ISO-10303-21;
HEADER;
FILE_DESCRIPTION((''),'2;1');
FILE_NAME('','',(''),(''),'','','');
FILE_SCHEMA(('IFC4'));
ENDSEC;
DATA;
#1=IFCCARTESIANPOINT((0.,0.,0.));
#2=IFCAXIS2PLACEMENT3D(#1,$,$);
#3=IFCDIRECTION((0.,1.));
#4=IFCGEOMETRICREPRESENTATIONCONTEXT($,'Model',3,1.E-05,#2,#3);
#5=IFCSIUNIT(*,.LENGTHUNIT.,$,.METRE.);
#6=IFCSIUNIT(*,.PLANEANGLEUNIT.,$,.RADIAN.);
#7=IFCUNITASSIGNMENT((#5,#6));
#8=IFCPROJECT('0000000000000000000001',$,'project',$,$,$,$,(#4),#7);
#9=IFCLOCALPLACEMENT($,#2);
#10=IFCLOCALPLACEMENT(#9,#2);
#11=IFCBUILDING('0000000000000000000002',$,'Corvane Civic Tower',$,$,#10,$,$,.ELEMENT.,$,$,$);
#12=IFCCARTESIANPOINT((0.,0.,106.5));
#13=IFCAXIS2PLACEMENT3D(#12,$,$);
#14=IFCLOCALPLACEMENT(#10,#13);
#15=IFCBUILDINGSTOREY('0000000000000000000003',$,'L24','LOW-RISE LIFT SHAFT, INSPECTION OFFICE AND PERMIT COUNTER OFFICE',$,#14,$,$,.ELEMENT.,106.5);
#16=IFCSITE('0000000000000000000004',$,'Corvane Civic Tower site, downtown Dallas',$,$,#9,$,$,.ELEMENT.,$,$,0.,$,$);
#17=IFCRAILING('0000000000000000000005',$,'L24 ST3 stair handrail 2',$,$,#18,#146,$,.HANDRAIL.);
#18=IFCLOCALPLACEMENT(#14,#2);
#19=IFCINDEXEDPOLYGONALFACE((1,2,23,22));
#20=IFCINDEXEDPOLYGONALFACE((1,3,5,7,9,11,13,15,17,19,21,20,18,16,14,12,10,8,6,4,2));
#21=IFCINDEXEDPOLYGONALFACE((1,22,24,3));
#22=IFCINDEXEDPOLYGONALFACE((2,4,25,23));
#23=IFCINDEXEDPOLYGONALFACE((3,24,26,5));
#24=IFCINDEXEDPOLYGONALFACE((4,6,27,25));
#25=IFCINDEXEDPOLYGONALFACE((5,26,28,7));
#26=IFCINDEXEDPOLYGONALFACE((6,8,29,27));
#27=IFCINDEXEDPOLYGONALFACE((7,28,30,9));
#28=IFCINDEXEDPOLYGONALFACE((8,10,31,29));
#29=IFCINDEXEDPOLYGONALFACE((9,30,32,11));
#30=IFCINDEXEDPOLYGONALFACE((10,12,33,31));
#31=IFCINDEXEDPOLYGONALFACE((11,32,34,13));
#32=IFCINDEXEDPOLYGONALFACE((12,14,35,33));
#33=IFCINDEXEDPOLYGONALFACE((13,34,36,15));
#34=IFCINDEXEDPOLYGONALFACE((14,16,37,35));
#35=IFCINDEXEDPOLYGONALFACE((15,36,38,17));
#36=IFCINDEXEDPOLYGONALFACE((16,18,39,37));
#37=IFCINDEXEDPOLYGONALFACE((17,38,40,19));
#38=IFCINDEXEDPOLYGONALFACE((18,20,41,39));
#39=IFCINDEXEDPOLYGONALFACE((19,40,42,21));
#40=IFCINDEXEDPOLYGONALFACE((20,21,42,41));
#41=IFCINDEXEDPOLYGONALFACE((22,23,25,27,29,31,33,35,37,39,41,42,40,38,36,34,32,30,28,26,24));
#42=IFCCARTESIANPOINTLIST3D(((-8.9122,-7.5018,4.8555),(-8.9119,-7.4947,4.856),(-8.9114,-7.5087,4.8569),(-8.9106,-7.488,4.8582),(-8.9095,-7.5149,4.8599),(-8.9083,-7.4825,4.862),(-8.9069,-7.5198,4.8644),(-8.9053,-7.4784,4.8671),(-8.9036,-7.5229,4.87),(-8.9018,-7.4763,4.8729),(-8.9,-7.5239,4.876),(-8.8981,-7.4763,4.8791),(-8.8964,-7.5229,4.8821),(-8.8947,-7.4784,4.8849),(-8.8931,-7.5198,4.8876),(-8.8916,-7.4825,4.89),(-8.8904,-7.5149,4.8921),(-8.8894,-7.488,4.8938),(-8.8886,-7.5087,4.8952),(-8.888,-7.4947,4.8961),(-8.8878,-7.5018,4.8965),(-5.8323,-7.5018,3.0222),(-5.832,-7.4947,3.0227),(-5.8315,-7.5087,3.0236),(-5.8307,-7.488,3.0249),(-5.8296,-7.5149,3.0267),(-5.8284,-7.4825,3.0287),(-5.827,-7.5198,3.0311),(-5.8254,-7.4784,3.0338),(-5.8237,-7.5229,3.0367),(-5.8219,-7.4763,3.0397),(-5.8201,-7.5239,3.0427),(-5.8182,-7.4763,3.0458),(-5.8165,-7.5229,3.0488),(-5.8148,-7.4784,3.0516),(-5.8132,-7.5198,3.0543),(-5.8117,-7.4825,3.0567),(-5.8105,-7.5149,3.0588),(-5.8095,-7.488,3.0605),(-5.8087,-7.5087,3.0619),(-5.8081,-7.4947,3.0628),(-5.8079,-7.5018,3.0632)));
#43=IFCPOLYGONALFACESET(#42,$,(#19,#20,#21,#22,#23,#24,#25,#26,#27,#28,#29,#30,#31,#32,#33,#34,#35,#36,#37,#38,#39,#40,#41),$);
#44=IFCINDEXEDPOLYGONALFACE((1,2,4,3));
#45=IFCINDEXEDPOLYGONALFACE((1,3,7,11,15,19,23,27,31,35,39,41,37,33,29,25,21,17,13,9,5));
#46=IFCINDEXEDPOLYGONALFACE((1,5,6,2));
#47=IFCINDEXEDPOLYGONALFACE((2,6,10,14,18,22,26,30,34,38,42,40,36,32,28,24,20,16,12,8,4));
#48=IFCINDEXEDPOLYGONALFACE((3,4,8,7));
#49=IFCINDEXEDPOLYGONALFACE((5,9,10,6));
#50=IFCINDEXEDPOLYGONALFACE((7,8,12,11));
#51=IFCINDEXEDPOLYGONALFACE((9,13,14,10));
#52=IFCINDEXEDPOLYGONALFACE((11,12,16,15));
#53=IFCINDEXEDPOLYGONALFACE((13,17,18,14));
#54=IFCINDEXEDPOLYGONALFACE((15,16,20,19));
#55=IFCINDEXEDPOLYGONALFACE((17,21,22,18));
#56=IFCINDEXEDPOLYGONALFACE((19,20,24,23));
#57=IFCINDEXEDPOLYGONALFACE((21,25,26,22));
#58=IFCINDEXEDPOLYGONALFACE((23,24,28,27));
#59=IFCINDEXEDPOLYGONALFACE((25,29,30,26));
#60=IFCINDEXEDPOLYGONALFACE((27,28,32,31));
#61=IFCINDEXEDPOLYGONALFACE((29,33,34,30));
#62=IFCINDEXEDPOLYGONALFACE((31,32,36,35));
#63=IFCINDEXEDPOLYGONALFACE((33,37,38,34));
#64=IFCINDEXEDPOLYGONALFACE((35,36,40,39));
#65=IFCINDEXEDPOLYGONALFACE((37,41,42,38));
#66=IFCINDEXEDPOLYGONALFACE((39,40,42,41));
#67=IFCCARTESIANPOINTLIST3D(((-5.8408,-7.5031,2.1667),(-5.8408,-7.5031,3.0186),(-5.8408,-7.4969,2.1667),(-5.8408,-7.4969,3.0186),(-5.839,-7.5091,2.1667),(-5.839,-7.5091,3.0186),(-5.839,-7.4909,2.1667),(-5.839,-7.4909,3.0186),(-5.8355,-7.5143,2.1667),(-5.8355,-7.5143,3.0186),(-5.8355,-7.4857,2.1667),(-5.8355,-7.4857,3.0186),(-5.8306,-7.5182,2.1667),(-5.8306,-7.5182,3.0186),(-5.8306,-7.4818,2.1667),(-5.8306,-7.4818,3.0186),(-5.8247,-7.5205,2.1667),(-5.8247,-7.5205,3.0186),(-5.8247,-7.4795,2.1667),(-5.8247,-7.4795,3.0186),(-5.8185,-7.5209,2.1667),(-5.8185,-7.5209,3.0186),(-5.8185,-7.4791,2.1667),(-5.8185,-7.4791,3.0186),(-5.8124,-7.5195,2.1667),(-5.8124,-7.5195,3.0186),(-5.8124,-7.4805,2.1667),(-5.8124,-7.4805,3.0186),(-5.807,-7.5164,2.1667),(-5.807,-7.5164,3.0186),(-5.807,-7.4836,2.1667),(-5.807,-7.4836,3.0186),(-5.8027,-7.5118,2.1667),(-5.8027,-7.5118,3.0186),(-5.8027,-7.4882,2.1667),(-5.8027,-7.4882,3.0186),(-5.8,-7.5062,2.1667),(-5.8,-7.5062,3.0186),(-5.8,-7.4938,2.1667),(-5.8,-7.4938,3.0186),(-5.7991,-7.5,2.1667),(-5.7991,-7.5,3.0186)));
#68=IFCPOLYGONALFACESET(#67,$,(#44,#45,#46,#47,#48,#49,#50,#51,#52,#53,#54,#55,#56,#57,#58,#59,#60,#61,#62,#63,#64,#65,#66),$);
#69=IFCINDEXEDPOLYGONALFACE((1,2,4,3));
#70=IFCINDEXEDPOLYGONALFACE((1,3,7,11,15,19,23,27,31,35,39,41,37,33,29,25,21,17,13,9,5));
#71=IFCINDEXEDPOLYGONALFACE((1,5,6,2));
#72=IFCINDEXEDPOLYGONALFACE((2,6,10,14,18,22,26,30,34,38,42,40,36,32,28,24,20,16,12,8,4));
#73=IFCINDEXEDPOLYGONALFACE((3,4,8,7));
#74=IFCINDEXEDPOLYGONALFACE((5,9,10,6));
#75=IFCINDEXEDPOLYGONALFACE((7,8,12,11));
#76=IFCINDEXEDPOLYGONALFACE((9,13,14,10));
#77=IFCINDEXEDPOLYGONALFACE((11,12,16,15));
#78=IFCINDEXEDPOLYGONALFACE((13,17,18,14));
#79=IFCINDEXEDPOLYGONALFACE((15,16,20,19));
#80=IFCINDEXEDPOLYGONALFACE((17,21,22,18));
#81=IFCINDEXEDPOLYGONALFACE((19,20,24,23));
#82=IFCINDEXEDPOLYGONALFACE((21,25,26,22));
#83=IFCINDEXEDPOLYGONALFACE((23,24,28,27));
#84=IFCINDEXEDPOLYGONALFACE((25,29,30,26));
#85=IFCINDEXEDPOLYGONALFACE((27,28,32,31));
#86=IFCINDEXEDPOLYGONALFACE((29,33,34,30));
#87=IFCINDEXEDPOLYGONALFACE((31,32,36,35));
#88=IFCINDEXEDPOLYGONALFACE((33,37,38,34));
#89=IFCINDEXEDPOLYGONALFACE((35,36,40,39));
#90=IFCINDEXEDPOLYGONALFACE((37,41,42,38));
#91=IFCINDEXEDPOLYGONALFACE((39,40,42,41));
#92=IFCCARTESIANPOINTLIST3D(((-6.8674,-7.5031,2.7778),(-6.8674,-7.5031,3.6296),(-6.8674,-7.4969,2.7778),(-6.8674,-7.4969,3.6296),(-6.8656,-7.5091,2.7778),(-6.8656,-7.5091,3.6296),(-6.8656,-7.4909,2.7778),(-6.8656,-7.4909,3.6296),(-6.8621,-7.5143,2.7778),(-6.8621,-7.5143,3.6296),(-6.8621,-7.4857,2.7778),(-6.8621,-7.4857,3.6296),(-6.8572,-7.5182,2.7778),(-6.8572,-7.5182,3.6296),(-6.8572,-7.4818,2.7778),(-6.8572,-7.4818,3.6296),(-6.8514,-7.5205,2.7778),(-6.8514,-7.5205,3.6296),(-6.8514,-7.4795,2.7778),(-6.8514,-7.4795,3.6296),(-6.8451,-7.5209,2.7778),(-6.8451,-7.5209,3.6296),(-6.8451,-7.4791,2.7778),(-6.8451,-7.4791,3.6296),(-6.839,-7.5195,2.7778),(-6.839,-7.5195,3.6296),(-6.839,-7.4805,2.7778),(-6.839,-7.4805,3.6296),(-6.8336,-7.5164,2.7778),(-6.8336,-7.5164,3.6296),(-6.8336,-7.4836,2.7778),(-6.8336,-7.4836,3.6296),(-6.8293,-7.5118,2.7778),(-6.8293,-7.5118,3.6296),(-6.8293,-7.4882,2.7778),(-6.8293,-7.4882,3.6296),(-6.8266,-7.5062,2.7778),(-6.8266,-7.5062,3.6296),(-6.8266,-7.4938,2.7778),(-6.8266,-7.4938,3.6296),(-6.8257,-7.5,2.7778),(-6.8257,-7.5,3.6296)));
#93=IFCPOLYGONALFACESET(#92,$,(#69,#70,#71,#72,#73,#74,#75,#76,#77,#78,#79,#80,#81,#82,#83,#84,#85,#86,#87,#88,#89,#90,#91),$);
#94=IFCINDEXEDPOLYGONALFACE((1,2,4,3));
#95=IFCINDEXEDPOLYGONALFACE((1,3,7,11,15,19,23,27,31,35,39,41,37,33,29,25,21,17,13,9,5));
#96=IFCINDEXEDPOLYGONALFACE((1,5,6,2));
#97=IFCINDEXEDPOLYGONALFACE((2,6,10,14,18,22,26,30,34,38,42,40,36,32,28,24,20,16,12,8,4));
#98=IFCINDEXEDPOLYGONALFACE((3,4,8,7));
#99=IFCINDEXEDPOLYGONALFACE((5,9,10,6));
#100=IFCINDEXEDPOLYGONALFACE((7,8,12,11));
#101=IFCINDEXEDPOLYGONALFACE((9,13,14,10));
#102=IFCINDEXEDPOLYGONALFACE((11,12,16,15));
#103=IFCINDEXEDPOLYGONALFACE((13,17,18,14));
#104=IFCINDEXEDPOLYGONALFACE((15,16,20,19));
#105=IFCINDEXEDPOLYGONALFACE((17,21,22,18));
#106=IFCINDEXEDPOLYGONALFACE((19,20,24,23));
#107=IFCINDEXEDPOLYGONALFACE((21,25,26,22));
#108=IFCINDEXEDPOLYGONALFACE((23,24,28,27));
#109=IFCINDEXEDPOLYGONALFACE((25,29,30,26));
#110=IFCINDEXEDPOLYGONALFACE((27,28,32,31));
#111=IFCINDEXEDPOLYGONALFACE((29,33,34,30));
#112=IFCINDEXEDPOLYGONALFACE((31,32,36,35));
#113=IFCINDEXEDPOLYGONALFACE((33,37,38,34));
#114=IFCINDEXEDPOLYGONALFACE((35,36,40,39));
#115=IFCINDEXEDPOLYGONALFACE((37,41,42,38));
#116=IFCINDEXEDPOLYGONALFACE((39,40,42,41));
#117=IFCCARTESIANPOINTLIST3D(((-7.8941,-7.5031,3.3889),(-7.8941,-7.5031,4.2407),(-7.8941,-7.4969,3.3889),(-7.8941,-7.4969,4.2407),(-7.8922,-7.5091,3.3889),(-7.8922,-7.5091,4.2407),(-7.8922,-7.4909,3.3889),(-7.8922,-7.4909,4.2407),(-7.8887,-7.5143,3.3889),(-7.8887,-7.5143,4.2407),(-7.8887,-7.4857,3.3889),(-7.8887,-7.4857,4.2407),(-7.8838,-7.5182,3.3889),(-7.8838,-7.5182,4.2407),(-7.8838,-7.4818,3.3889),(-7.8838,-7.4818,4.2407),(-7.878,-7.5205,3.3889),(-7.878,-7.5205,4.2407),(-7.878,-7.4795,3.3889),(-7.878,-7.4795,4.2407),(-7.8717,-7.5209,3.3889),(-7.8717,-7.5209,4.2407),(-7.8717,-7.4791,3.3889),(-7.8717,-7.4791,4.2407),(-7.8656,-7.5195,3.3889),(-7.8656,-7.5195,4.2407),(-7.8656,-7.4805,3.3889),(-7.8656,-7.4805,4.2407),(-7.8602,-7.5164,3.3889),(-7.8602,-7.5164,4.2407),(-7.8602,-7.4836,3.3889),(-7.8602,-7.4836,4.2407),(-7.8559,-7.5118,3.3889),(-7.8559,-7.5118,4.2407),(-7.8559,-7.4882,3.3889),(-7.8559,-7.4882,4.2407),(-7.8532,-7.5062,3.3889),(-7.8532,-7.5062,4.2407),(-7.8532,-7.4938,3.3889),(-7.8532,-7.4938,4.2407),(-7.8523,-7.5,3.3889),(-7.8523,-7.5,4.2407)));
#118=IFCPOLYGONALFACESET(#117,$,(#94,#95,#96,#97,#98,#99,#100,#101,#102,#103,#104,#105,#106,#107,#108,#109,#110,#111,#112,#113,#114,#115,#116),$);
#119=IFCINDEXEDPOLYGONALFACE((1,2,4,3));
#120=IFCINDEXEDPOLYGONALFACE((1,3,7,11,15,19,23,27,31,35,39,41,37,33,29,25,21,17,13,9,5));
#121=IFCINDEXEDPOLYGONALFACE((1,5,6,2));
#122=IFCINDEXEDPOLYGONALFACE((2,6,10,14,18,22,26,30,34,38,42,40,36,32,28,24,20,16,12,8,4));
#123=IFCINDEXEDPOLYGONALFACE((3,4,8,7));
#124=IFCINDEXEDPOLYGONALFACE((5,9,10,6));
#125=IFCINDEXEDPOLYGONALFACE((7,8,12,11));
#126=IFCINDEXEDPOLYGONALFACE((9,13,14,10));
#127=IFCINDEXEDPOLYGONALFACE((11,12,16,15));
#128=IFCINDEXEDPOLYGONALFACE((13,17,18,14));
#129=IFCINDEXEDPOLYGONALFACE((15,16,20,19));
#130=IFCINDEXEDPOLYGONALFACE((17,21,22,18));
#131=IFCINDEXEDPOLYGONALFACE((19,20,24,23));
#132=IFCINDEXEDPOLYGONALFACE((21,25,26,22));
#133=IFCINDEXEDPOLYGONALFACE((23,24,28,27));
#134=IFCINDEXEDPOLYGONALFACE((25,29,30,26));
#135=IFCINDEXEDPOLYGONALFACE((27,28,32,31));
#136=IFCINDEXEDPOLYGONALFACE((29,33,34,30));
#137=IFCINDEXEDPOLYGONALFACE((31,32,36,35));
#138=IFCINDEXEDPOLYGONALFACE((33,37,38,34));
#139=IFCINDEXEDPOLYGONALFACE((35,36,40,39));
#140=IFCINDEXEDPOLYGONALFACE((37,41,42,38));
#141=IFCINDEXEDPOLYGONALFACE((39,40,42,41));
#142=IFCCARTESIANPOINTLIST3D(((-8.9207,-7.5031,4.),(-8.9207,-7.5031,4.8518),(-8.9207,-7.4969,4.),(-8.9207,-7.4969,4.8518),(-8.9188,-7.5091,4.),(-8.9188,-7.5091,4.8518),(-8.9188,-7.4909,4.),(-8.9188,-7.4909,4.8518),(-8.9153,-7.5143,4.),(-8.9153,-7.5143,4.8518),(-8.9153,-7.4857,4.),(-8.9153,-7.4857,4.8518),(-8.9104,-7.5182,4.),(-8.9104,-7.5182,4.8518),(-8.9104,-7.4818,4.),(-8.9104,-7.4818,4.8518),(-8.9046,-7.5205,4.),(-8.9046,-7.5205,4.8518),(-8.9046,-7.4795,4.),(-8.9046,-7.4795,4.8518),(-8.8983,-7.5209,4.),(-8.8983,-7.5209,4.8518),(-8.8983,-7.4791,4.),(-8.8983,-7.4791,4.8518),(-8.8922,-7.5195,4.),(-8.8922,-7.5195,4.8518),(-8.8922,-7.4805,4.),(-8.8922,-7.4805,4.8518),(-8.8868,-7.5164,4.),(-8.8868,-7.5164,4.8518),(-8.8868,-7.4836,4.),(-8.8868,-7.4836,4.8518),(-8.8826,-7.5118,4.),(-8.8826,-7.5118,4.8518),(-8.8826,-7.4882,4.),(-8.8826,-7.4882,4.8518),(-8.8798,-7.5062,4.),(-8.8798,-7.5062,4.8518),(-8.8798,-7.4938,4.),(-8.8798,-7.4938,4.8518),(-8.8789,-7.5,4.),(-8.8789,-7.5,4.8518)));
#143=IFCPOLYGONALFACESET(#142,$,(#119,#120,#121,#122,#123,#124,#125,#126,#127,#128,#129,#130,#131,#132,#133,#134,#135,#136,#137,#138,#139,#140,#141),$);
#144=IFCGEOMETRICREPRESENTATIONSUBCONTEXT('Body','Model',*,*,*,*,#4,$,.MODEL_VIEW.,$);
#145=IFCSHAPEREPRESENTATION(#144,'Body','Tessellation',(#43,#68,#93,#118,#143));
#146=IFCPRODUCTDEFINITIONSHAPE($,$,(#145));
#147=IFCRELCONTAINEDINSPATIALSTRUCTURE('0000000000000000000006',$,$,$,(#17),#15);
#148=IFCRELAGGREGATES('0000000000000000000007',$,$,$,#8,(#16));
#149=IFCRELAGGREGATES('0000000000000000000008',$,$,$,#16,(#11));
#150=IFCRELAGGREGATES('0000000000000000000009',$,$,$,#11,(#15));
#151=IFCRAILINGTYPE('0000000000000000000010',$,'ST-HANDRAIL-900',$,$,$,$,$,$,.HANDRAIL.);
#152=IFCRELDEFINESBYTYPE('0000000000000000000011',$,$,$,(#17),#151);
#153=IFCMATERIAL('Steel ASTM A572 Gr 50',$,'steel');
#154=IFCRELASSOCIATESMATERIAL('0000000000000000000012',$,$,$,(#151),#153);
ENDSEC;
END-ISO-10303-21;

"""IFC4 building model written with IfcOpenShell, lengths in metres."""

from ifc_helpers import new_model, si_unit, direction, frame, origin, origin_2d, place, context, subcontext, project, spatial, circle, extrude, material, type_object, element, save


model = new_model("IFC4")

# Units and contexts
model_context = context("Model", 3, precision=1e-05, world=origin(), true_north=direction((0.0, 1.0)))
body_context = subcontext(model_context, "Body", "Model", "MODEL_VIEW")
ifc_project = project(units=[si_unit("LENGTHUNIT", "METRE"), si_unit("PLANEANGLEUNIT", "RADIAN")], contexts=[model_context])

# Site, building, storey
site_placement = place(None, origin())
site = spatial("IfcSite", under=ifc_project, at=site_placement, Name="Corvane Civic Tower site, downtown Dallas", CompositionType="ELEMENT", RefElevation=0.0)
building_placement = place(site_placement, origin())
building = spatial("IfcBuilding", under=site, at=building_placement, Name="Corvane Civic Tower", CompositionType="ELEMENT")
storey_placement = place(building_placement, frame((0.0, 0.0, 106.5)))
storey = spatial("IfcBuildingStorey", under=building, at=storey_placement, Name="L24", Description="LOW-RISE LIFT SHAFT, INSPECTION OFFICE AND PERMIT COUNTER OFFICE", CompositionType="ELEMENT", Elevation=106.5)

# Railing
ifc_material_1 = material(Name="Steel ASTM A572 Gr 50", Category="steel")
railing_type_1 = type_object("IfcRailingType", Name="ST-HANDRAIL-900", PredefinedType="HANDRAIL", material=ifc_material_1)
railing_1_placement = place(storey_placement, frame((-5.8201, -7.5, 2.1667)))
element("IfcRailing", 1, at=railing_1_placement, inside=storey, type_object=railing_type_1, Name="L24 ST3 stair handrail 2", PredefinedType="HANDRAIL", context=body_context, shape_type="SweptSolid", body=[
    extrude(circle(Radius=0.0239, at=origin_2d()), frame((0.0, 0.0, 0.876), z_axis=(-0.859291, 0.0, 0.511487), x_axis=(0.0, -1.0, 0.0)), (0.0, 0.0, 1.0), 3.5842),
    extrude(circle(Radius=0.021, at=origin_2d()), origin(), (0.0, 0.0, 1.0), 0.8518),
    extrude(circle(Radius=0.021, at=origin_2d()), frame((-1.0266, 0.0, 0.6111)), (0.0, 0.0, 1.0), 0.8518),
    extrude(circle(Radius=0.021, at=origin_2d()), frame((-2.0532, 0.0, 1.2222)), (0.0, 0.0, 1.0), 0.8518),
    extrude(circle(Radius=0.021, at=origin_2d()), frame((-3.0798, 0.0, 1.8333)), (0.0, 0.0, 1.0), 0.8518),
])

save(model, "model.ifc")
